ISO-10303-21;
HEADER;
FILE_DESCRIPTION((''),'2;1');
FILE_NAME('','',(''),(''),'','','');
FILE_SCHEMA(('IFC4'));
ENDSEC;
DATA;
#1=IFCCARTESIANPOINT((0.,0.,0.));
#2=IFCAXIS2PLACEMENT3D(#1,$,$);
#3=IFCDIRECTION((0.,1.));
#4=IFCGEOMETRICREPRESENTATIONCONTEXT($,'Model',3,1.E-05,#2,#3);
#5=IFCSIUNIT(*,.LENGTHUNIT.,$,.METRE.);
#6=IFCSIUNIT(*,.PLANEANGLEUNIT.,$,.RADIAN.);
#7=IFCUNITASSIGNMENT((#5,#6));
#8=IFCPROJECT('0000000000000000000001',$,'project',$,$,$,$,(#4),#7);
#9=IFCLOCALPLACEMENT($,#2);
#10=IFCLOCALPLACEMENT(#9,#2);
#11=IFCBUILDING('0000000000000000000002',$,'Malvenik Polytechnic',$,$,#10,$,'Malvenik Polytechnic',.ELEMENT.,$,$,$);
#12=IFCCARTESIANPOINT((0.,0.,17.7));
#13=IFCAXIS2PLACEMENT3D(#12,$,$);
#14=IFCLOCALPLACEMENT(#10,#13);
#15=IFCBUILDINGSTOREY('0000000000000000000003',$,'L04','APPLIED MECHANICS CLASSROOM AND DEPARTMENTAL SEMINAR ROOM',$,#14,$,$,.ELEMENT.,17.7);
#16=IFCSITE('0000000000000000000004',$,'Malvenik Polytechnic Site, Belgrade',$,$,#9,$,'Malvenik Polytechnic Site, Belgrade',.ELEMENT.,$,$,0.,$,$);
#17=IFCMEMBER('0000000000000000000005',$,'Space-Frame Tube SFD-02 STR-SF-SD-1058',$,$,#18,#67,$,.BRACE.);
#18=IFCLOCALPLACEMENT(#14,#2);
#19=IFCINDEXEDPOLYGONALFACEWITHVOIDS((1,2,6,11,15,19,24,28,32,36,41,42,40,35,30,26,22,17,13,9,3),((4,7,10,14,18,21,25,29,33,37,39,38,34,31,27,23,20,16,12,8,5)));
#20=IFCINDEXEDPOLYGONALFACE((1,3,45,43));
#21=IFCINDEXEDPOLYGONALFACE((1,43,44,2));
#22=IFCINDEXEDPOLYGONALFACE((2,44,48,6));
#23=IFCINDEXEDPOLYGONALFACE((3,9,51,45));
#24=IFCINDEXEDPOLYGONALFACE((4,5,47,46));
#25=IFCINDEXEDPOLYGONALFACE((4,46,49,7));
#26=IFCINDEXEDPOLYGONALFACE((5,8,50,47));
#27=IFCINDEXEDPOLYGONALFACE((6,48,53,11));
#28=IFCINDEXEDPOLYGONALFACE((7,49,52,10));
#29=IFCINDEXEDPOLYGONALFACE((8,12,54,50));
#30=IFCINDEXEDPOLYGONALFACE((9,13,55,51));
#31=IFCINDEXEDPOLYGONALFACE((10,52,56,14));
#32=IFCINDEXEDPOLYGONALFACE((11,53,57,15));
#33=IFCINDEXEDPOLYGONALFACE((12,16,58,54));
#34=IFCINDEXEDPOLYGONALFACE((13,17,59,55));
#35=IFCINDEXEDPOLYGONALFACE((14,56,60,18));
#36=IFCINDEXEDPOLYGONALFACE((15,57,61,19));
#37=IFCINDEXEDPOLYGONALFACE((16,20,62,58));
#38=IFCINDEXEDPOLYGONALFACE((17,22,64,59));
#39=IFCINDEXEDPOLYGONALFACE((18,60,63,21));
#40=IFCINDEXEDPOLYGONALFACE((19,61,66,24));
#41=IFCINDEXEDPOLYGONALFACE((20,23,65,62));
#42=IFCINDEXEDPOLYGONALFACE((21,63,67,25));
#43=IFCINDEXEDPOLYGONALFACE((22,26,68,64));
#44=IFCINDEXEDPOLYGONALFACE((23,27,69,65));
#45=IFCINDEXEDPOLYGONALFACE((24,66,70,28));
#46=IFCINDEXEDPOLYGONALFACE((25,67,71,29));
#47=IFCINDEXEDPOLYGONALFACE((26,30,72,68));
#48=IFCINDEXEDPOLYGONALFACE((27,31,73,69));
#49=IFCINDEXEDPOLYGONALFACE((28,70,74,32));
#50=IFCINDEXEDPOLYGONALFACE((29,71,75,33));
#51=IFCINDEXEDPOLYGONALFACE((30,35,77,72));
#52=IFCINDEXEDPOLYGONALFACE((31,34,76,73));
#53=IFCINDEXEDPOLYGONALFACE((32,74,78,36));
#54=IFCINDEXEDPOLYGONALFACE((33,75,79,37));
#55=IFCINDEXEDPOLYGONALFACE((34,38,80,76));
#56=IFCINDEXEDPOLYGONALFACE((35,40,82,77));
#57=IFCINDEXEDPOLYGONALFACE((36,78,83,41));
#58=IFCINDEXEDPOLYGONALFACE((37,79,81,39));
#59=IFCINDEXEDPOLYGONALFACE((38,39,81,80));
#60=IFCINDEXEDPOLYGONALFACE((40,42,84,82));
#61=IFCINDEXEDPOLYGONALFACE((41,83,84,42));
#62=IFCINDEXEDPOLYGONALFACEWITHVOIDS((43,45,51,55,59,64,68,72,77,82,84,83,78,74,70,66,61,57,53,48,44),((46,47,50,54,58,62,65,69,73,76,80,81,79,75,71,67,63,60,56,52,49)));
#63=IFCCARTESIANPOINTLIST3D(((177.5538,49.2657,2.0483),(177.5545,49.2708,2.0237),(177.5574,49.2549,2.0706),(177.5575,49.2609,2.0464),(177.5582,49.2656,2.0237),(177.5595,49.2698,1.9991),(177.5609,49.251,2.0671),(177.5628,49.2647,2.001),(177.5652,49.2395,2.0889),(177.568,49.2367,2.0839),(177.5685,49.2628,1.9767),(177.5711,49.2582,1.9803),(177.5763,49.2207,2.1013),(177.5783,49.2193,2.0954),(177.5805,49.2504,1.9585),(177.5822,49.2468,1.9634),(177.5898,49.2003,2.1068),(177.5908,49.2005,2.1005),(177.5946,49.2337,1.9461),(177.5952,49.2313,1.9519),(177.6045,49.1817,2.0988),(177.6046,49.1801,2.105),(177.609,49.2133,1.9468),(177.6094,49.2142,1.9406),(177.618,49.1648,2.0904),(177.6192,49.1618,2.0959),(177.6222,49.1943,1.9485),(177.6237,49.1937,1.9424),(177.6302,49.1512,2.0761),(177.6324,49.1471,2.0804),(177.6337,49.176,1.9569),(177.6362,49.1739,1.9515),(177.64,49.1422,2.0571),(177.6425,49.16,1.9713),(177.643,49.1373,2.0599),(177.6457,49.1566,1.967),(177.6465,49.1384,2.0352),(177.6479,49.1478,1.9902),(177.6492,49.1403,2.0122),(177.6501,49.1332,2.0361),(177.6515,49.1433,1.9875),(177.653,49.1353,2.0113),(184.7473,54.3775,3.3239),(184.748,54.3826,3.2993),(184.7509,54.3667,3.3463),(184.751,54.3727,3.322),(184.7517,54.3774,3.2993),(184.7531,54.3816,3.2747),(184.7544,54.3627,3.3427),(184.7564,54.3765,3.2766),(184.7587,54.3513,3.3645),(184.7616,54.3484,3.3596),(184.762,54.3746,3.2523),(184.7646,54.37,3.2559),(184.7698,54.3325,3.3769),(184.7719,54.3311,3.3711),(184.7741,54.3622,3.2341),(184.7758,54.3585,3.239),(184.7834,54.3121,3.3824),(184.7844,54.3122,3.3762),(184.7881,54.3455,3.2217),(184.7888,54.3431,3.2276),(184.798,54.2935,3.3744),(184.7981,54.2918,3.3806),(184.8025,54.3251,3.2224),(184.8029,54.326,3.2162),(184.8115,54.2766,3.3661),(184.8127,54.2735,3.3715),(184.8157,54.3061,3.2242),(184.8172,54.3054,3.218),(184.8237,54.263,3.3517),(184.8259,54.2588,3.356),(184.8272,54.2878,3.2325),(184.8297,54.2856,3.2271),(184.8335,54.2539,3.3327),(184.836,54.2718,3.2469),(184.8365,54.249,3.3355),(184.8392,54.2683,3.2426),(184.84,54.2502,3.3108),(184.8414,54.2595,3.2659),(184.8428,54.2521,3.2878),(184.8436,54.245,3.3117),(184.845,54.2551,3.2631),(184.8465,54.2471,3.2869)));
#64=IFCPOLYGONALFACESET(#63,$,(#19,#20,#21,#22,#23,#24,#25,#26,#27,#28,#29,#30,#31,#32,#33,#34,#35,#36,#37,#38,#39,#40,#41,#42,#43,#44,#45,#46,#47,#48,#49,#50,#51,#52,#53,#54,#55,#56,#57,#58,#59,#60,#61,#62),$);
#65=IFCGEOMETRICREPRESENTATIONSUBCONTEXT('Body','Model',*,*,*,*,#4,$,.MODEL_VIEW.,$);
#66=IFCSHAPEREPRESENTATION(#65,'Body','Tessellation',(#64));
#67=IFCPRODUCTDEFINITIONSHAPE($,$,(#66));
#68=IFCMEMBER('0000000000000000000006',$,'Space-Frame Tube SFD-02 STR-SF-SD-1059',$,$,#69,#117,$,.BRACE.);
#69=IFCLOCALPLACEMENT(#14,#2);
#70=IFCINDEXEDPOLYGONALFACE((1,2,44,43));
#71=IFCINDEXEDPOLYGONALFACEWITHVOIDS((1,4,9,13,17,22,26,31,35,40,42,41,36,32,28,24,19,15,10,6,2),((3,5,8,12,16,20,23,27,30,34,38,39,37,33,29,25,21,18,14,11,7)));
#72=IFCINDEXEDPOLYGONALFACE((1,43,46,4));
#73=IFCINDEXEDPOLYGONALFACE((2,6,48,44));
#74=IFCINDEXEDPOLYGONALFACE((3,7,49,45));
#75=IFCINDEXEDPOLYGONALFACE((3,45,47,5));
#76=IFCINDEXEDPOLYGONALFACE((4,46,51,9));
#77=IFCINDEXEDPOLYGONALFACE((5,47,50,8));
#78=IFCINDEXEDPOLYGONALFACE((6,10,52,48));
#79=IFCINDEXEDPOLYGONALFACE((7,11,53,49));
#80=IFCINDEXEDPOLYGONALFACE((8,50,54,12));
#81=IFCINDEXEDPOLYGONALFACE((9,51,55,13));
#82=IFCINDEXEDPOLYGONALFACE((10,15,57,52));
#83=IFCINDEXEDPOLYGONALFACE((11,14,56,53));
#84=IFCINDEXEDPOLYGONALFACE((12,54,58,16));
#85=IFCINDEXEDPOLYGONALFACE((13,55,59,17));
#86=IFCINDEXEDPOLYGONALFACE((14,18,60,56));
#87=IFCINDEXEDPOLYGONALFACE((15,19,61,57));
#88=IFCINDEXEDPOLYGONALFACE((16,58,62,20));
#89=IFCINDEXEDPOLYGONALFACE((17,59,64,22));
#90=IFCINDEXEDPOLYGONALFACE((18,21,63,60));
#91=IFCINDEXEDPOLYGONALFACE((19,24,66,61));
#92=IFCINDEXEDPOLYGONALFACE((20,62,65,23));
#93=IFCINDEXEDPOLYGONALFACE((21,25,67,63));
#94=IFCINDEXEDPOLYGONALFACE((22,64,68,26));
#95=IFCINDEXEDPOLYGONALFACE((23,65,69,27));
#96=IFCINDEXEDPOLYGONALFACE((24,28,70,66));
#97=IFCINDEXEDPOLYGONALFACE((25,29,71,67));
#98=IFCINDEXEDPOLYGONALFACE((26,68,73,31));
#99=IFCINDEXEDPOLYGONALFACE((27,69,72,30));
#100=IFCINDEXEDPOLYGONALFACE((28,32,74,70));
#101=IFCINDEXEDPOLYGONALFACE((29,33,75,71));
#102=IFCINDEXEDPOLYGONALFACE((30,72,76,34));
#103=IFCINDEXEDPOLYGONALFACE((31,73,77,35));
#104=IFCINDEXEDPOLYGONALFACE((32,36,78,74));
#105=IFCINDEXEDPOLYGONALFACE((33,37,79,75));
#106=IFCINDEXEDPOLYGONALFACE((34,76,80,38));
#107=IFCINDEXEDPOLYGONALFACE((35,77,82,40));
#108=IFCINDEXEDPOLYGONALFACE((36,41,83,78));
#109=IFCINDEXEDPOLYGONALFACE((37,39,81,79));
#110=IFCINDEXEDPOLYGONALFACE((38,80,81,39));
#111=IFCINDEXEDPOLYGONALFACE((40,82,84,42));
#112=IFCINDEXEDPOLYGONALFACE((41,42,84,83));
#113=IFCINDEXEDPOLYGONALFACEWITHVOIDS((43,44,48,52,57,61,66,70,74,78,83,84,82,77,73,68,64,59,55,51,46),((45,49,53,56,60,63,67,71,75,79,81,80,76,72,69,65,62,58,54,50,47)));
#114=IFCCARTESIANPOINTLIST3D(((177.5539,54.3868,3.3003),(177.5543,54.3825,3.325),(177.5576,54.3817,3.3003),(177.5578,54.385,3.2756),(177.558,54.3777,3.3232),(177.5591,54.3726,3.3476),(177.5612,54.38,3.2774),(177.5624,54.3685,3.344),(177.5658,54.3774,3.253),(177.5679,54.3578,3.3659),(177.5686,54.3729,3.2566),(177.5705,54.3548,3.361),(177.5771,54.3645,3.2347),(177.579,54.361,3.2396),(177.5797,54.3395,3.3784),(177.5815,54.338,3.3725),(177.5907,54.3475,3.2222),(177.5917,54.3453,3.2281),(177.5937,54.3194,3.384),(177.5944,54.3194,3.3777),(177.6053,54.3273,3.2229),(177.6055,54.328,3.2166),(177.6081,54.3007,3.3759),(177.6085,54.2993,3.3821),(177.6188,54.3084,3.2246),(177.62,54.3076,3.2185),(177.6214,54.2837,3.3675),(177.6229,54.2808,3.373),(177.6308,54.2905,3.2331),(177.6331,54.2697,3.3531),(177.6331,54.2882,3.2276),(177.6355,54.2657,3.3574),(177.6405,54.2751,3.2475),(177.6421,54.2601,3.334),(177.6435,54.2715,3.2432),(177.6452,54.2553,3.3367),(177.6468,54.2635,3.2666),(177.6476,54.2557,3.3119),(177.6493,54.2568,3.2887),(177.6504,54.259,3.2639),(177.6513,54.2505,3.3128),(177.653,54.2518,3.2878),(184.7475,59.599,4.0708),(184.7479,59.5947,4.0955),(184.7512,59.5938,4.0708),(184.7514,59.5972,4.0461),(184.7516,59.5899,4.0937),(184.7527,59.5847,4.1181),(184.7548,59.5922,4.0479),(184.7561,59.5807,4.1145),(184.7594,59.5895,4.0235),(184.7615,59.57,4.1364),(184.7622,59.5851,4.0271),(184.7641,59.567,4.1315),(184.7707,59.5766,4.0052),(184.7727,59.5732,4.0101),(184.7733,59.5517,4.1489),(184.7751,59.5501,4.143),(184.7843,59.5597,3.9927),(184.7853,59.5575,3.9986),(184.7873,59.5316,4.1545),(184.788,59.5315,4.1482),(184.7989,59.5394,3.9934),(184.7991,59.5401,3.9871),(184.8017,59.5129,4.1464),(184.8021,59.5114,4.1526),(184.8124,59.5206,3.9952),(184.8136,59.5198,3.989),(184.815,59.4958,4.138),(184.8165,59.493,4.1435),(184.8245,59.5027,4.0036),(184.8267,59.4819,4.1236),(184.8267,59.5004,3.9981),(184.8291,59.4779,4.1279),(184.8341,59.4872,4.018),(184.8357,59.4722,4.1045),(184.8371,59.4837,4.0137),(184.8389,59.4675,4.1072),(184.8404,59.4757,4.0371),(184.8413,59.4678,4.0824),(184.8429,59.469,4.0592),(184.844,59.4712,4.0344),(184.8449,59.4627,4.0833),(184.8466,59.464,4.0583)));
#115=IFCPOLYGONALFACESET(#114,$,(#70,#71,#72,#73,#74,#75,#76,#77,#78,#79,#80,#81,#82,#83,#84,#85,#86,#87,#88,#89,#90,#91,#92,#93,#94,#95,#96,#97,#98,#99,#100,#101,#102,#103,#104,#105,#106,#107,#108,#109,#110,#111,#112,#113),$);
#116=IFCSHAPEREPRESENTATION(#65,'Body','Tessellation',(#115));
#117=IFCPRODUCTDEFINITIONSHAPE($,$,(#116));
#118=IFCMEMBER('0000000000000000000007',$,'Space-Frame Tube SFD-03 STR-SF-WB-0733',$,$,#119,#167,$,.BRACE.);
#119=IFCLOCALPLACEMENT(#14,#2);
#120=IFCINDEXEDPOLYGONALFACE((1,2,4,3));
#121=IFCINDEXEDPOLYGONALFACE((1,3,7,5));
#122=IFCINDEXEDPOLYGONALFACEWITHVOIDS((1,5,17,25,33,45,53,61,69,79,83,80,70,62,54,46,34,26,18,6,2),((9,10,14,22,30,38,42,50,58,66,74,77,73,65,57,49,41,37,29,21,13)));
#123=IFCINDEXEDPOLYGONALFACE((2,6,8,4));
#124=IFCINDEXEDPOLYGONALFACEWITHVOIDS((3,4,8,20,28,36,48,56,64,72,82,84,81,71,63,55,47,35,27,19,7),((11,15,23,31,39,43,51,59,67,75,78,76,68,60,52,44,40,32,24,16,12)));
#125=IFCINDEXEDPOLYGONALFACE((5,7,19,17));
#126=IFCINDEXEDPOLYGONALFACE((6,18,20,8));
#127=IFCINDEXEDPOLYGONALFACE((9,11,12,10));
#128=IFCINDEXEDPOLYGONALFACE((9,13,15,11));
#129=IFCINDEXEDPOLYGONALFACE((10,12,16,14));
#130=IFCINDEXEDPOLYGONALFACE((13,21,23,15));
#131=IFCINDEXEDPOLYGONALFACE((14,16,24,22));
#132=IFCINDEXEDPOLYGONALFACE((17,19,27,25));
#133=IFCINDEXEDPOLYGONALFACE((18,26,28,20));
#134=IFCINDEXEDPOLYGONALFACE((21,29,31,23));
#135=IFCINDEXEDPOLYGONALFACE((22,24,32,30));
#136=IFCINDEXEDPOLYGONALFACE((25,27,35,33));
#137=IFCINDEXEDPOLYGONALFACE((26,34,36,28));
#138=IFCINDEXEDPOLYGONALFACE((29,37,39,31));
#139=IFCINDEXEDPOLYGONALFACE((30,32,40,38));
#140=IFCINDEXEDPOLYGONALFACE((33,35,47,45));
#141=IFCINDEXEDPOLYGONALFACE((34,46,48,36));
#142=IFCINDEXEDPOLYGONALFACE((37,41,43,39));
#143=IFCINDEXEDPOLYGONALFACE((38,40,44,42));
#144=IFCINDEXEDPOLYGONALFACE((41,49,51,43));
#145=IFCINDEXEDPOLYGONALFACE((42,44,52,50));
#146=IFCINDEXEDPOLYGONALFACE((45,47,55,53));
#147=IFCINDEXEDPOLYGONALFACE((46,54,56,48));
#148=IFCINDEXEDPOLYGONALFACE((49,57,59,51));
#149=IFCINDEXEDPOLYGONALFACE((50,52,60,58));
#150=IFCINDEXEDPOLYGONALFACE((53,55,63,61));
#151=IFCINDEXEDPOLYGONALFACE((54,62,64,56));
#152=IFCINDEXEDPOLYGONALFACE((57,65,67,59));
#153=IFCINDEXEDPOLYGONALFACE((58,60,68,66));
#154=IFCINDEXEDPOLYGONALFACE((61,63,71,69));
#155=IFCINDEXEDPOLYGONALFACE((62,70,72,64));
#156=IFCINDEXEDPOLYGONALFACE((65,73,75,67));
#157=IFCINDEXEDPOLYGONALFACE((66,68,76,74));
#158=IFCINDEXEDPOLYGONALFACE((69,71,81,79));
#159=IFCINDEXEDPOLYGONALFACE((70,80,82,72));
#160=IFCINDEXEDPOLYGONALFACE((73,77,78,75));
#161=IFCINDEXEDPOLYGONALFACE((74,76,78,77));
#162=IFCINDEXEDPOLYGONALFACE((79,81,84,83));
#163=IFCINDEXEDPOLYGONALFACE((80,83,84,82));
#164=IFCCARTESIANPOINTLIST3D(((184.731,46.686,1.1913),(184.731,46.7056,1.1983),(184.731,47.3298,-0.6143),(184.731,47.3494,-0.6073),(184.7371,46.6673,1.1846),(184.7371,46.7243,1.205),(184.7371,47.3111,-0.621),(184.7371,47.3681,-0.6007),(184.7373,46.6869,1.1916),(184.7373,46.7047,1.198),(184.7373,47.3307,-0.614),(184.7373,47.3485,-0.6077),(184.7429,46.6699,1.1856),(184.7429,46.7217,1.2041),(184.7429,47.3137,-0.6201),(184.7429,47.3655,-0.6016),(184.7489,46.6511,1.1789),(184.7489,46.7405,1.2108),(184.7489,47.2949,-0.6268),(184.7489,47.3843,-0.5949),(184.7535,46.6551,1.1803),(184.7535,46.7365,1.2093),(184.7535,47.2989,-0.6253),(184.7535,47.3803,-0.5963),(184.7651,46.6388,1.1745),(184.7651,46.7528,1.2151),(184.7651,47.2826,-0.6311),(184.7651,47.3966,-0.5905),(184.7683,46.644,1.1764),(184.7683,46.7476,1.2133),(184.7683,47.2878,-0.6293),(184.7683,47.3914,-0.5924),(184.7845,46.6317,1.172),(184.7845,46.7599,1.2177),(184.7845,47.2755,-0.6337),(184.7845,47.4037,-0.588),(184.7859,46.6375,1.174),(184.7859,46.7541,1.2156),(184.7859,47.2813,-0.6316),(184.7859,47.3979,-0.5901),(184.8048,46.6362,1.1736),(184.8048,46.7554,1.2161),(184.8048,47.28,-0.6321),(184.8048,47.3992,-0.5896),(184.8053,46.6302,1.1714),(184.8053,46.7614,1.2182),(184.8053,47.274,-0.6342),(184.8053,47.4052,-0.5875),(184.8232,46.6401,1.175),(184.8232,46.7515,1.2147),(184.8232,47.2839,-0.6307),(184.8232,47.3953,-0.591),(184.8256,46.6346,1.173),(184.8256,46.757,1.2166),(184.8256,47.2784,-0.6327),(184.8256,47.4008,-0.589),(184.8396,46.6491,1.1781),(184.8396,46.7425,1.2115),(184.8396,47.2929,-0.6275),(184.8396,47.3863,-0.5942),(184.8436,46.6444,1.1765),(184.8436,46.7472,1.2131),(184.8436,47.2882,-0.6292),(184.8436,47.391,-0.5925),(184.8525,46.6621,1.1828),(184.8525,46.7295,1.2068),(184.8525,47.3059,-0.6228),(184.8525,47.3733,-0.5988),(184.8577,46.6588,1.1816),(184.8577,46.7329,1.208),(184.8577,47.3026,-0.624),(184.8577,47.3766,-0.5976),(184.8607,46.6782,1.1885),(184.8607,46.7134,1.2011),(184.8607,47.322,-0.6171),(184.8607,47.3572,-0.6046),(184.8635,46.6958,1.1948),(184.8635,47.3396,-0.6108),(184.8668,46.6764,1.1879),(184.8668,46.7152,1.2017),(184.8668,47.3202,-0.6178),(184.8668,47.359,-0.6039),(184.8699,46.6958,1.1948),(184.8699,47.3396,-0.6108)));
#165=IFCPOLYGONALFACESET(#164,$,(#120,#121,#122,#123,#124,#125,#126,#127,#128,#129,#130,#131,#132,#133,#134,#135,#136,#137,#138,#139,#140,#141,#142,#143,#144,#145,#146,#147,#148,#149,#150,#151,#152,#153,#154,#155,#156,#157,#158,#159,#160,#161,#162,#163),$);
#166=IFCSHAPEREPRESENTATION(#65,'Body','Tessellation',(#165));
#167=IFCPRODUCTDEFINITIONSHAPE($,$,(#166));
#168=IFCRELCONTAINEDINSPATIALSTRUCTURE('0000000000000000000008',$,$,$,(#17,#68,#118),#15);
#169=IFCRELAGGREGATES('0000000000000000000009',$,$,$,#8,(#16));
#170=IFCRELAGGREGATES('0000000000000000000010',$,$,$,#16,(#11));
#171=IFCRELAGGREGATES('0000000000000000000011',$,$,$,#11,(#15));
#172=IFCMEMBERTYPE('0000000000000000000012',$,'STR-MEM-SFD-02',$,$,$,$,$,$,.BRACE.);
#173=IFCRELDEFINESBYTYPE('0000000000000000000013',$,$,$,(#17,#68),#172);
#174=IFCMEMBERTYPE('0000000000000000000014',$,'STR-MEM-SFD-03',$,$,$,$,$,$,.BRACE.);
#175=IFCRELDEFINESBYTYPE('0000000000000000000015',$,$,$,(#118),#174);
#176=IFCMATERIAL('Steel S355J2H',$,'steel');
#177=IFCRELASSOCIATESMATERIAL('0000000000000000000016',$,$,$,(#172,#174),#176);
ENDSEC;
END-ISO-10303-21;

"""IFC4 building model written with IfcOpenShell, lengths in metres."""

from ifc_helpers import new_model, si_unit, direction, frame, origin, origin_2d, place, context, subcontext, project, spatial, hollow_circle, extrude, material, material_profile, profile_set, type_object, element, save


model = new_model("IFC4")

# Units and contexts
model_context = context("Model", 3, precision=1e-05, world=origin(), true_north=direction((0.0, 1.0)))
body_context = subcontext(model_context, "Body", "Model", "MODEL_VIEW")
ifc_project = project(units=[si_unit("LENGTHUNIT", "METRE"), si_unit("PLANEANGLEUNIT", "RADIAN")], contexts=[model_context])

# Site, building, storey
site_placement = place(None, origin())
site = spatial("IfcSite", under=ifc_project, at=site_placement, Name="Malvenik Polytechnic Site, Belgrade", LongName="Malvenik Polytechnic Site, Belgrade", CompositionType="ELEMENT", RefElevation=0.0)
building_placement = place(site_placement, origin())
building = spatial("IfcBuilding", under=site, at=building_placement, Name="Malvenik Polytechnic", LongName="Malvenik Polytechnic", CompositionType="ELEMENT")
storey_placement = place(building_placement, frame((0.0, 0.0, 17.7)))
storey = spatial("IfcBuildingStorey", under=building, at=storey_placement, Name="L04", Description="APPLIED MECHANICS CLASSROOM AND DEPARTMENTAL SEMINAR ROOM", CompositionType="ELEMENT", Elevation=17.7)

# Members
ifc_material = material(Name="Steel S355J2H", Category="steel")
ifc_material_profile_1 = material_profile(ifc_material, hollow_circle(Radius=0.0842, WallThickness=0.0063, at=origin_2d()), Name="CHS 168.3x6.3")
ifc_profile_set_1 = profile_set([ifc_material_profile_1], Name="Steel S355J2H")
member_type_1 = type_object("IfcMemberType", Name="STR-MEM-SFD-02", PredefinedType="BRACE", material=ifc_profile_set_1)
member_1_placement = place(storey_placement, frame((177.6033, 49.2021, 2.0237), z_axis=(0.806765, 0.573292, 0.143063), x_axis=(-0.57925, 0.81515, 0.0)))
element("IfcMember", 1, at=member_1_placement, inside=storey, type_object=member_type_1, Name="Space-Frame Tube SFD-02 STR-SF-SD-1058", PredefinedType="BRACE", context=body_context, shape_type="SweptSolid", body=[
    extrude(hollow_circle(Radius=0.0842, WallThickness=0.0063, at=origin_2d()), origin(), (0.0, 0.0, 1.0), 8.9165),
])
member_2_placement = place(storey_placement, frame((177.6033, 54.3186, 3.3003), z_axis=(0.806753, 0.584536, 0.086411), x_axis=(-0.586731, 0.809782, 0.0)))
element("IfcMember", 2, at=member_2_placement, inside=storey, type_object=member_type_1, Name="Space-Frame Tube SFD-02 STR-SF-SD-1059", PredefinedType="BRACE", context=body_context, shape_type="SweptSolid", body=[
    extrude(hollow_circle(Radius=0.0842, WallThickness=0.0063, at=origin_2d()), origin(), (0.0, 0.0, 1.0), 8.9167),
])
ifc_material_profile_2 = material_profile(ifc_material, hollow_circle(Radius=0.0698, WallThickness=0.0063, at=origin_2d()), Name="CHS 139.7x6.3")
ifc_profile_set_2 = profile_set([ifc_material_profile_2], Name="Steel S355J2H")
member_type_2 = type_object("IfcMemberType", Name="STR-MEM-SFD-03", PredefinedType="BRACE", material=ifc_profile_set_2)
member_3_placement = place(storey_placement, frame((184.8, 47.3396, -0.6108), z_axis=(0.0, -0.335836, 0.94192), x_axis=(1.0, 0.0, 0.0)))
element("IfcMember", 3, at=member_3_placement, inside=storey, type_object=member_type_2, Name="Space-Frame Tube SFD-03 STR-SF-WB-0733", PredefinedType="BRACE", context=body_context, shape_type="SweptSolid", body=[
    extrude(hollow_circle(Radius=0.0698, WallThickness=0.0063, at=origin_2d()), origin(), (0.0, 0.0, 1.0), 1.917),
])

save(model, "model.ifc")
